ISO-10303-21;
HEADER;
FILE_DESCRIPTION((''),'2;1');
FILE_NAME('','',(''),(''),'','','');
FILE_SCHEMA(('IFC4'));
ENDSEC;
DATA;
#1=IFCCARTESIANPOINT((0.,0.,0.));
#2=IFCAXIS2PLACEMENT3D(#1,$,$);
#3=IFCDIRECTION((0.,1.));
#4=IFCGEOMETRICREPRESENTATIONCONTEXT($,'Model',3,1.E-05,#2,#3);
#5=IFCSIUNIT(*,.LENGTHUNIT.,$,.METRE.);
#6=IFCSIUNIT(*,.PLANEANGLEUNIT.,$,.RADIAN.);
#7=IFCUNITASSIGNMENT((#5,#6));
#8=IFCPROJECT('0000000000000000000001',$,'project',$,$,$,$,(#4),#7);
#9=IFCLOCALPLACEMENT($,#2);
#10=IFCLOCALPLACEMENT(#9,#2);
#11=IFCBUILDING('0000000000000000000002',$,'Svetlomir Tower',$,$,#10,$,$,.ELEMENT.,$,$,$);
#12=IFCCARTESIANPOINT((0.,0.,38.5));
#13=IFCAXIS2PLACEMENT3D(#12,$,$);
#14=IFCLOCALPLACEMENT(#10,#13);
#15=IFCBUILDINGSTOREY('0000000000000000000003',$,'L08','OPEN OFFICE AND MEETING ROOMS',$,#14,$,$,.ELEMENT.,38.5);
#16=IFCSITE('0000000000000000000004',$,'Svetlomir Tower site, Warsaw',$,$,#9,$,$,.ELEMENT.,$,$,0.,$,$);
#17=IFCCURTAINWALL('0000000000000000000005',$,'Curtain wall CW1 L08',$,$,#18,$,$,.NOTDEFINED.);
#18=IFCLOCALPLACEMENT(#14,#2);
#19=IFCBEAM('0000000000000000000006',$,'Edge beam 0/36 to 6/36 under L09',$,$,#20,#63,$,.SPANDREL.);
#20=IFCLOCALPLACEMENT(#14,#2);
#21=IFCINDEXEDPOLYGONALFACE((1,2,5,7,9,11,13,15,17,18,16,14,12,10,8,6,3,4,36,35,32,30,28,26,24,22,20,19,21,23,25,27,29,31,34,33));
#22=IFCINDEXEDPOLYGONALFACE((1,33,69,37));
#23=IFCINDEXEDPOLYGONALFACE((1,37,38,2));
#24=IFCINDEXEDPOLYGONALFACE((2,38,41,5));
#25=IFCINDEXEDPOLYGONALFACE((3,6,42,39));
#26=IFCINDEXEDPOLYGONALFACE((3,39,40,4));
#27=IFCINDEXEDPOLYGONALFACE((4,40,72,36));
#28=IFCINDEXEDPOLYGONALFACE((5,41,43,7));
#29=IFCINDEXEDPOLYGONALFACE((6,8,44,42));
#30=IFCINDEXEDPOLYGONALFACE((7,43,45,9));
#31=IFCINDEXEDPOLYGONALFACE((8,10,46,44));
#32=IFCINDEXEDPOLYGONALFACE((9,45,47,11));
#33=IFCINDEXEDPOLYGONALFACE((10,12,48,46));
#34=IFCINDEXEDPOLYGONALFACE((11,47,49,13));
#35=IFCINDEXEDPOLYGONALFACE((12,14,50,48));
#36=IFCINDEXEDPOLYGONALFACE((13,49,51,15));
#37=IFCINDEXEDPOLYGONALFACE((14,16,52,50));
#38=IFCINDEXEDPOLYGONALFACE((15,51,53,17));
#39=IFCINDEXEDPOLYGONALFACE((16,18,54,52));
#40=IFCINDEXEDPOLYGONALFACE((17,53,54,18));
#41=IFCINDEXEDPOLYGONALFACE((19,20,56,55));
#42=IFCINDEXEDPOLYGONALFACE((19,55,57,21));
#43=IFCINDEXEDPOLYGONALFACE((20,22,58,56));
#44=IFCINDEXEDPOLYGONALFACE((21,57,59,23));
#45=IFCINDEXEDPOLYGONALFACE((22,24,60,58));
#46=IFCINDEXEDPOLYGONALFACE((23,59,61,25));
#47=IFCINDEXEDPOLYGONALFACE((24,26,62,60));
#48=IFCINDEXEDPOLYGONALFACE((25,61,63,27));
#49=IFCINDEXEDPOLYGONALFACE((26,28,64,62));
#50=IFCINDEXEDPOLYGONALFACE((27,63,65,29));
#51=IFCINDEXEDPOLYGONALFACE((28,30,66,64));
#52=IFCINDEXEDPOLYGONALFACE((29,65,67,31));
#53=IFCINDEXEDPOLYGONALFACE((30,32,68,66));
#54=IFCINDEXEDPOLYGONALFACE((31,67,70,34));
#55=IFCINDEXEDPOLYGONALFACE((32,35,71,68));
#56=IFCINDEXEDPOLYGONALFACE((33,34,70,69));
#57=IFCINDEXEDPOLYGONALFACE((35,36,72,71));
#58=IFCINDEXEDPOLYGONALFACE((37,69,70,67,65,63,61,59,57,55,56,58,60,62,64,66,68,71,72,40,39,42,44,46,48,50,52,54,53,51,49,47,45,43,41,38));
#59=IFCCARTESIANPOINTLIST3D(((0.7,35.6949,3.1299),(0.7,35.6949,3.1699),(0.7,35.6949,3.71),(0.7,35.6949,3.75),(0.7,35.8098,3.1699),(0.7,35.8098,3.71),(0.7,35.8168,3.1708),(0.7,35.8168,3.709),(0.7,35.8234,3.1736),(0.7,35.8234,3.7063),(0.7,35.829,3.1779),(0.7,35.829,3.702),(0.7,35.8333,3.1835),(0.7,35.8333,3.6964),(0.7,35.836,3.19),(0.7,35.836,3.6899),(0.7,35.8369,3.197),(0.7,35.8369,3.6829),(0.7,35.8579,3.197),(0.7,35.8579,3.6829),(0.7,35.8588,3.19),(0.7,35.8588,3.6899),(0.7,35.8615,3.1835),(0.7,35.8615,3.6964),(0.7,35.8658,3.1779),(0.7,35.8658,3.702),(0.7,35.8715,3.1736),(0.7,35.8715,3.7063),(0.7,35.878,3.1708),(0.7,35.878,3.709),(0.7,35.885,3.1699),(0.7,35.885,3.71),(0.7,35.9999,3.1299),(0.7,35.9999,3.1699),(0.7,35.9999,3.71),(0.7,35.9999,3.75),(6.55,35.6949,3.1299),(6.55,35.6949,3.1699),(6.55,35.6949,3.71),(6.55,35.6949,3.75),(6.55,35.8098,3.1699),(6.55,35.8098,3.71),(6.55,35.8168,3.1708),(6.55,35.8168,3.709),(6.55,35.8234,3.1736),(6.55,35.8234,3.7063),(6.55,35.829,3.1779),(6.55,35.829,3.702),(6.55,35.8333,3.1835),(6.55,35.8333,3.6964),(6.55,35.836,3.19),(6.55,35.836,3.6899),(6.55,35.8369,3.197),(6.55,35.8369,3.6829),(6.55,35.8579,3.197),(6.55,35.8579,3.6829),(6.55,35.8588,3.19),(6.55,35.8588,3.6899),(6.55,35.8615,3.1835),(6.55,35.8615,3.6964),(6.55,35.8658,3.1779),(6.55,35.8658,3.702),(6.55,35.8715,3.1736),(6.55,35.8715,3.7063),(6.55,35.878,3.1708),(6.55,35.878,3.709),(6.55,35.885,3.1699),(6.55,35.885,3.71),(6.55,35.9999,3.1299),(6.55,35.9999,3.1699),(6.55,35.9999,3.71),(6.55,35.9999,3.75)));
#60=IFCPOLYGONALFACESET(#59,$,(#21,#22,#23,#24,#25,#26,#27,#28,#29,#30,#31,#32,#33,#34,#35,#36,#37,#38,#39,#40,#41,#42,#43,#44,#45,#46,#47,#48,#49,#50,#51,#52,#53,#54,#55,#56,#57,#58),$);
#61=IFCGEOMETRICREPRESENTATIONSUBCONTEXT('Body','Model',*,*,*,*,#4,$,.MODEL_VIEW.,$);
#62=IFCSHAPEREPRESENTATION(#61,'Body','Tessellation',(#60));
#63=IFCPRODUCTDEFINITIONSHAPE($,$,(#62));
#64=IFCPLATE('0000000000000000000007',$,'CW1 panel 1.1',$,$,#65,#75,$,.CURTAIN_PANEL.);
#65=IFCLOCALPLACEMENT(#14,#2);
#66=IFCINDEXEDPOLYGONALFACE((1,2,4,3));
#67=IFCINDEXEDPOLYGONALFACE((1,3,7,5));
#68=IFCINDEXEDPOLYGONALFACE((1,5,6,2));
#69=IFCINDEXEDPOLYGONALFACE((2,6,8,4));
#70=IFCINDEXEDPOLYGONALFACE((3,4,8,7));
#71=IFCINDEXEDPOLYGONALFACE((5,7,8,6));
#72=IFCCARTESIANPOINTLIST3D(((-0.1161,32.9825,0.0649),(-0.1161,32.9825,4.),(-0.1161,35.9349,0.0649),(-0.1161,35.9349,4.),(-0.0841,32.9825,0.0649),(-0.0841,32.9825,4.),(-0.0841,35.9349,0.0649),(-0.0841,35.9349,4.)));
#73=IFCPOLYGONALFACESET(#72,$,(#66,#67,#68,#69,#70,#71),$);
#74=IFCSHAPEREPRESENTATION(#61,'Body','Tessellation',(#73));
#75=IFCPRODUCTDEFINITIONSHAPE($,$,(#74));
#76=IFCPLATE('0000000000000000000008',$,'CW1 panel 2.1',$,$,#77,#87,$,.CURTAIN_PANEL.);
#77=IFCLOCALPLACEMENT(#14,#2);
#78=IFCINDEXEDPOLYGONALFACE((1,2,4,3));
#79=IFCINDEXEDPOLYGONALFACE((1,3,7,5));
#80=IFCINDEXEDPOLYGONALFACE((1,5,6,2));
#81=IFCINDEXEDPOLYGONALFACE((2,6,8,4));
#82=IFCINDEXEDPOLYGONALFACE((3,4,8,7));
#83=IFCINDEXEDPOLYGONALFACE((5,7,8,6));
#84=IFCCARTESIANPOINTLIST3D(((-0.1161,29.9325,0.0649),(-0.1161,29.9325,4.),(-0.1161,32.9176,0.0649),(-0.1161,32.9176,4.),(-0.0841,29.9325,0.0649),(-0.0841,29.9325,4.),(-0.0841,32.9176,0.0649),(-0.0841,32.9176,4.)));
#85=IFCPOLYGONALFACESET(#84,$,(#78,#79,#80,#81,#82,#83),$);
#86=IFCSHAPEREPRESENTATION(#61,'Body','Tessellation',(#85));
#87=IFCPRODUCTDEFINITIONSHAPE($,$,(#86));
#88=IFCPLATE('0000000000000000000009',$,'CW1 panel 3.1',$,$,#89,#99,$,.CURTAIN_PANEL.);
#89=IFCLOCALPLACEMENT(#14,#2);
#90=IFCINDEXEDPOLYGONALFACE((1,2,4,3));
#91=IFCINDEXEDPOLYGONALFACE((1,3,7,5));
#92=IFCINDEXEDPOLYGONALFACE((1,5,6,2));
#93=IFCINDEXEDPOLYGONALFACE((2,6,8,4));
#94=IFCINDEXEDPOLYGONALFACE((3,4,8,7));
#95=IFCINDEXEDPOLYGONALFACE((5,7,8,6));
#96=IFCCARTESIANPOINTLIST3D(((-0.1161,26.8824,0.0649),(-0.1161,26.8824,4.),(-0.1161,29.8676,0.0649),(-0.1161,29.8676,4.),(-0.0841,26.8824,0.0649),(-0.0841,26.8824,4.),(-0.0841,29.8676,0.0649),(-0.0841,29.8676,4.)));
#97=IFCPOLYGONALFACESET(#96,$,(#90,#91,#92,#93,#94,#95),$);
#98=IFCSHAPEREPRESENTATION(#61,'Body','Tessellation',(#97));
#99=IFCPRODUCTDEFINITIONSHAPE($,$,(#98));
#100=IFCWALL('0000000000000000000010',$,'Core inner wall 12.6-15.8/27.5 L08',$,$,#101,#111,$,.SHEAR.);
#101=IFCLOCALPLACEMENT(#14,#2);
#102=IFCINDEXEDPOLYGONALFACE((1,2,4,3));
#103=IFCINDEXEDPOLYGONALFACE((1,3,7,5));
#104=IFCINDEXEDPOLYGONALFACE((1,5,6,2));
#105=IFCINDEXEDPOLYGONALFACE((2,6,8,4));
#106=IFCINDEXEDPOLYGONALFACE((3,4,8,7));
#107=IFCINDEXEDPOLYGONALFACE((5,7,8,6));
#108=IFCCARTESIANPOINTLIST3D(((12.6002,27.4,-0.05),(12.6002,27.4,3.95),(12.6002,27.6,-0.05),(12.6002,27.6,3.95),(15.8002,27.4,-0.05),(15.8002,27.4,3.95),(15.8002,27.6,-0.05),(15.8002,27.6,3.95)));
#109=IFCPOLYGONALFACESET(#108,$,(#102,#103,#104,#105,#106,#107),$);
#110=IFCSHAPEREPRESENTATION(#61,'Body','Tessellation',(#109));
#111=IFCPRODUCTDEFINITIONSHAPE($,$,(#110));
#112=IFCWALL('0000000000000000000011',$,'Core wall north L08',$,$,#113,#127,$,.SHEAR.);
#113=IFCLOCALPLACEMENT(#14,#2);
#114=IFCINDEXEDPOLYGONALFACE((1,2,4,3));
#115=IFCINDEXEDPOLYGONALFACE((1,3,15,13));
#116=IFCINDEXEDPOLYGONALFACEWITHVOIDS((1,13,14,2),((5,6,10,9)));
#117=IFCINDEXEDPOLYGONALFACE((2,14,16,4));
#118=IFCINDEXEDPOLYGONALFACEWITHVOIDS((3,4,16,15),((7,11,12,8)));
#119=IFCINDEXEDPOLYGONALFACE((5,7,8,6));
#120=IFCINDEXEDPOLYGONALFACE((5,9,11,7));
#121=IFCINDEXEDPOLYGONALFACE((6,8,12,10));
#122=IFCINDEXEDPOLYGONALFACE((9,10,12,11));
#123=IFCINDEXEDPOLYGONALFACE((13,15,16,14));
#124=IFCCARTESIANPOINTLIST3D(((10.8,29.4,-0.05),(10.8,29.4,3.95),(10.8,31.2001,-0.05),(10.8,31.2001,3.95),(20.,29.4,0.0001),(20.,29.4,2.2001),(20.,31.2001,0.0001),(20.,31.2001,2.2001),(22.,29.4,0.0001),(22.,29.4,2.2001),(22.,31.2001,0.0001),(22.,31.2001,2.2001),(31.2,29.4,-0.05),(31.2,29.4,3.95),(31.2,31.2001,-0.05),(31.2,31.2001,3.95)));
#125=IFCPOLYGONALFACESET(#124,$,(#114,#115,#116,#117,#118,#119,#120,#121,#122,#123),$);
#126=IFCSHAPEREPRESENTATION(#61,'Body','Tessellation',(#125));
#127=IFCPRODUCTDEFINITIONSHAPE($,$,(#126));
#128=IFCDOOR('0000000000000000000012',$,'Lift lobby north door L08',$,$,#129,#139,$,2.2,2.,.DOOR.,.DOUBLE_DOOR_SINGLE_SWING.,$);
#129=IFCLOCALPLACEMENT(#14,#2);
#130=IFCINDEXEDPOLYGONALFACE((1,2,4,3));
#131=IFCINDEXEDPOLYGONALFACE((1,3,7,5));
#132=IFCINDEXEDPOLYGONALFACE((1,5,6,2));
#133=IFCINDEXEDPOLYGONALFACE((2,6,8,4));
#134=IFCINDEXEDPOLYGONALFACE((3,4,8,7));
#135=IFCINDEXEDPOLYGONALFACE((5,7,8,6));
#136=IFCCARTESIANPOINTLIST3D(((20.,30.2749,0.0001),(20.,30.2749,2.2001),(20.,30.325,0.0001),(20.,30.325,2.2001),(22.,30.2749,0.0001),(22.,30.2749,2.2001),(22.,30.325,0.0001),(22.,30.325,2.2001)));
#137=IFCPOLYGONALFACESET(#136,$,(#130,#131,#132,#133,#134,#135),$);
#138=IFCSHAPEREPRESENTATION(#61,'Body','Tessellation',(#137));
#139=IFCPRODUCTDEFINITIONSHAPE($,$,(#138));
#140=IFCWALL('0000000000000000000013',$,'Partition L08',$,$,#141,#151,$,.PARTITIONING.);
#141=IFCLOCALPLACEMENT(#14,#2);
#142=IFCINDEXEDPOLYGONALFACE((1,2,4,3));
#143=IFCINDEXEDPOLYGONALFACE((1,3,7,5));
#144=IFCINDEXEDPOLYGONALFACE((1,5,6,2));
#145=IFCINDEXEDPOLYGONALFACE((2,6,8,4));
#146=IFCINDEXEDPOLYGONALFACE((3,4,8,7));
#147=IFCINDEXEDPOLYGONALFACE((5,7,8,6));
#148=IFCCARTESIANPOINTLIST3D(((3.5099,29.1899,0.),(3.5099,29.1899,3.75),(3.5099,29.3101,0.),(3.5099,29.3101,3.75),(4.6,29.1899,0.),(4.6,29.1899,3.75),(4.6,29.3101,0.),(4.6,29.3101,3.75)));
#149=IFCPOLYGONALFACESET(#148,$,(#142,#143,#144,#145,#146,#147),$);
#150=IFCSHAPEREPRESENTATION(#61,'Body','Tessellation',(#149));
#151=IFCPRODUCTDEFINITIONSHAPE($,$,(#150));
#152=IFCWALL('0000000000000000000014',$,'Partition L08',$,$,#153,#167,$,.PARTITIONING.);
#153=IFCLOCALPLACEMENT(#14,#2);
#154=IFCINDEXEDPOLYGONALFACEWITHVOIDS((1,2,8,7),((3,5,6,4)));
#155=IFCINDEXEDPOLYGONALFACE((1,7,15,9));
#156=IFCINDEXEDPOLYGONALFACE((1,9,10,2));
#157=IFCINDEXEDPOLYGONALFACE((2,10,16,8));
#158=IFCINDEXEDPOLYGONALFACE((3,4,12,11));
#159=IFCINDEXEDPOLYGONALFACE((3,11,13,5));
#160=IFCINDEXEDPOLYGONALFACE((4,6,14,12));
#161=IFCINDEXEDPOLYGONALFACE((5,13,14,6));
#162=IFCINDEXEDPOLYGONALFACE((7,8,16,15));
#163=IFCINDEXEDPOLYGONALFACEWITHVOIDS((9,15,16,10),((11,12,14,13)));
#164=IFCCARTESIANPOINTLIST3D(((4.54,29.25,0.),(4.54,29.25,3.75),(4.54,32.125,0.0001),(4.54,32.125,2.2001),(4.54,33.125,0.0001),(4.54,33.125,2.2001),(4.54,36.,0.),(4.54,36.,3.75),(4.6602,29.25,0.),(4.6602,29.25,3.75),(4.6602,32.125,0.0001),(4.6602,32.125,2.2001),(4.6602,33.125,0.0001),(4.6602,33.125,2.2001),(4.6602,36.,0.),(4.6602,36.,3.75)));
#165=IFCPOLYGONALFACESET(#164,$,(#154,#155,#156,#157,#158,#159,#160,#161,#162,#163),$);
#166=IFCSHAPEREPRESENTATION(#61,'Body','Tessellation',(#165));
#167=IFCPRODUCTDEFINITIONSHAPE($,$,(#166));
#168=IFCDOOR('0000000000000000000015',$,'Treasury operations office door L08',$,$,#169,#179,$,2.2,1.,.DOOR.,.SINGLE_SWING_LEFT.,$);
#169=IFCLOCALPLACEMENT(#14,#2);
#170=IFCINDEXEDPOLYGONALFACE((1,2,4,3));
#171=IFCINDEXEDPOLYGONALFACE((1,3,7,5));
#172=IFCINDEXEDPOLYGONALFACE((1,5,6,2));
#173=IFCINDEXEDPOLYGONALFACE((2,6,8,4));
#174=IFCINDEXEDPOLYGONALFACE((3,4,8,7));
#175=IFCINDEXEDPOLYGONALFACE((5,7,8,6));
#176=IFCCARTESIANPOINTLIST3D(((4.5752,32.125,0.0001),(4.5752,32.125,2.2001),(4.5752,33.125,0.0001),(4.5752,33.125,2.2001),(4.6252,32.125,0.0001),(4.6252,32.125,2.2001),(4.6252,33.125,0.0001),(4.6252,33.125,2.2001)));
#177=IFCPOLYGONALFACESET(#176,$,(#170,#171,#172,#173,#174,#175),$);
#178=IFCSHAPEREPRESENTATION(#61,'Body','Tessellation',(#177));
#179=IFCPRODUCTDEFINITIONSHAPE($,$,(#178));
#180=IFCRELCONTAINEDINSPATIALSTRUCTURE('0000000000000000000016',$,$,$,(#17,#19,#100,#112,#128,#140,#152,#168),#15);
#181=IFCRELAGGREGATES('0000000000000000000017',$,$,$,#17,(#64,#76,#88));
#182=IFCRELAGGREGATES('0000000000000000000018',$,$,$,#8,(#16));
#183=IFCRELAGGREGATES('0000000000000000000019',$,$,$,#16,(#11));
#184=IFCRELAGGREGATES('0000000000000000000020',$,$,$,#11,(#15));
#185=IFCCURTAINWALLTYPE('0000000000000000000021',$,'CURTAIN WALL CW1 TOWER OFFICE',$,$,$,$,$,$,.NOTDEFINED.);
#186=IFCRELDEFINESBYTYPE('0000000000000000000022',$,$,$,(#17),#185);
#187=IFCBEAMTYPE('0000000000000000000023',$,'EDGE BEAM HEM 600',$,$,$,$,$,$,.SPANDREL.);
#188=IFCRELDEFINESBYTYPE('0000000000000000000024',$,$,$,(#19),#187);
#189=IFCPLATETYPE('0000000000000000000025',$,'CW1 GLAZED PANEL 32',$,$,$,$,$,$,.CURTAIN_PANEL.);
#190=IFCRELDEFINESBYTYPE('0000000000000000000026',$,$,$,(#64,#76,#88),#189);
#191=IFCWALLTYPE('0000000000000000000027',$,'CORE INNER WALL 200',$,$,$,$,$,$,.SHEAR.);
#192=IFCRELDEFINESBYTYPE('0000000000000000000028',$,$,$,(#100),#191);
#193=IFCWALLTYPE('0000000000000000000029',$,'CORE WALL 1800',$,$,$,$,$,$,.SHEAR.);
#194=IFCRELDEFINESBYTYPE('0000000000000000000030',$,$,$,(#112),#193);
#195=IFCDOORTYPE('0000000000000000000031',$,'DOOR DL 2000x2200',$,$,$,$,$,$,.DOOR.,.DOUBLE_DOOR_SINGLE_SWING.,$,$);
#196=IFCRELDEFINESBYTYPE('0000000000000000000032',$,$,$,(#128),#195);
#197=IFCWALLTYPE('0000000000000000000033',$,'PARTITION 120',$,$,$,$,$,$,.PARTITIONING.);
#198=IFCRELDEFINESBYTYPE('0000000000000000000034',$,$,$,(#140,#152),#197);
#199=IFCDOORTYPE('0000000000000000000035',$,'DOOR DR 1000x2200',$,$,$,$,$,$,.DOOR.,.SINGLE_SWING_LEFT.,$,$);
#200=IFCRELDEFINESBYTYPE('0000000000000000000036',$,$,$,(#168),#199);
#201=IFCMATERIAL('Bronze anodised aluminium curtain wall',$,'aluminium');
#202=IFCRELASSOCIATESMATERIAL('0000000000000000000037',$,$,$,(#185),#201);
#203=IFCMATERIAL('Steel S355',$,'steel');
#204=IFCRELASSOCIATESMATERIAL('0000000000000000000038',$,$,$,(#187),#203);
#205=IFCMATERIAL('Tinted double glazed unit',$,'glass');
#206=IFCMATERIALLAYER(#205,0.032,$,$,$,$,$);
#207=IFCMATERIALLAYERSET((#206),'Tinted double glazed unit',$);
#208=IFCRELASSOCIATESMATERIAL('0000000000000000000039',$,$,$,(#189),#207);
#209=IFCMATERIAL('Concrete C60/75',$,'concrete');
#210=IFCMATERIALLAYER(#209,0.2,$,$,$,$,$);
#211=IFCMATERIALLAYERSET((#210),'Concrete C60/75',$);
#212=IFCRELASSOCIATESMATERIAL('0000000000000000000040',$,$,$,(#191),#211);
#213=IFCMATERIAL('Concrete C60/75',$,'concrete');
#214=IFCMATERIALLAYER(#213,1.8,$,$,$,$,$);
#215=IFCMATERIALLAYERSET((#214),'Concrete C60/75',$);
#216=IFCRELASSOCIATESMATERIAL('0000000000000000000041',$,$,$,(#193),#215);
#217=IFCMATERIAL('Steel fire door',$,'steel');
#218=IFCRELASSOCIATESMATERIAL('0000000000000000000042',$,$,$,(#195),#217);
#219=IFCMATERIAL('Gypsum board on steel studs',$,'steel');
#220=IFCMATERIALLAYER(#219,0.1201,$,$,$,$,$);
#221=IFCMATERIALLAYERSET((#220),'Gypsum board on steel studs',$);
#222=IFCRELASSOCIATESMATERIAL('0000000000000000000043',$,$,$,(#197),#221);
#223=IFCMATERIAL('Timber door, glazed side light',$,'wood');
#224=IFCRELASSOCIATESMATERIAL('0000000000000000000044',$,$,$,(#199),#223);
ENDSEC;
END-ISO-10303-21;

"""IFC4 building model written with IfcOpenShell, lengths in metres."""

from ifc_helpers import new_model, si_unit, direction, frame, frame_2d, origin, origin_2d, place, context, subcontext, project, spatial, rectangle, i_section, extrude, material, layer, layer_set, material_profile, profile_set, type_object, element, fill, aggregate, save


model = new_model("IFC4")

# Units and contexts
model_context = context("Model", 3, precision=1e-05, world=origin(), true_north=direction((0.0, 1.0)))
body_context = subcontext(model_context, "Body", "Model", "MODEL_VIEW")
ifc_project = project(units=[si_unit("LENGTHUNIT", "METRE"), si_unit("PLANEANGLEUNIT", "RADIAN")], contexts=[model_context])

# Site, building, storey
site_placement = place(None, origin())
site = spatial("IfcSite", under=ifc_project, at=site_placement, Name="Svetlomir Tower site, Warsaw", CompositionType="ELEMENT", RefElevation=0.0)
building_placement = place(site_placement, origin())
building = spatial("IfcBuilding", under=site, at=building_placement, Name="Svetlomir Tower", CompositionType="ELEMENT")
storey_placement = place(building_placement, frame((0.0, 0.0, 38.5)))
storey = spatial("IfcBuildingStorey", under=building, at=storey_placement, Name="L08", Description="OPEN OFFICE AND MEETING ROOMS", CompositionType="ELEMENT", Elevation=38.5)

# Curtain wall
ifc_material_1 = material(Name="Bronze anodised aluminium curtain wall", Category="aluminium")
curtain_wall_type = type_object("IfcCurtainWallType", Name="CURTAIN WALL CW1 TOWER OFFICE", PredefinedType="NOTDEFINED", material=ifc_material_1)
curtain_wall_placement = place(storey_placement, origin())
curtain_wall = element("IfcCurtainWall", 1, at=curtain_wall_placement, inside=storey, type_object=curtain_wall_type, Name="Curtain wall CW1 L08", PredefinedType="NOTDEFINED")

# Beam
ifc_material_2 = material(Name="Steel S355", Category="steel")
ifc_material_profile_1 = material_profile(ifc_material_2, i_section(OverallWidth=0.3049, OverallDepth=0.6201, WebThickness=0.021, FlangeThickness=0.04, FilletRadius=0.0271, at=origin_2d()), Name="HEM 600")
ifc_profile_set_1 = profile_set([ifc_material_profile_1], Name="Steel S355")
beam_type = type_object("IfcBeamType", Name="EDGE BEAM HEM 600", PredefinedType="SPANDREL", material=ifc_profile_set_1)
beam_1_placement = place(storey_placement, frame((0.7, 35.8474, 3.4399), z_axis=(1.0, 0.0, 0.0), x_axis=(0.0, 1.0, 0.0)))
element("IfcBeam", 2, at=beam_1_placement, inside=storey, type_object=beam_type, Name="Edge beam 0/36 to 6/36 under L09", PredefinedType="SPANDREL", context=body_context, shape_type="SweptSolid", body=[
    extrude(i_section(OverallWidth=0.3049, OverallDepth=0.6201, WebThickness=0.021, FlangeThickness=0.04, FilletRadius=0.0271, at=origin_2d()), origin(), (0.0, 0.0, 1.0), 5.8501),
])

# Plates
ifc_material_3 = material(Name="Tinted double glazed unit", Category="glass")
ifc_layer_1 = layer(ifc_material_3, 0.032)
ifc_layer_set_1 = layer_set([ifc_layer_1], Name="Tinted double glazed unit")
plate_type = type_object("IfcPlateType", Name="CW1 GLAZED PANEL 32", PredefinedType="CURTAIN_PANEL", material=ifc_layer_set_1)
plate_1_placement = place(storey_placement, frame((-0.1001, 34.4587, 0.0649), z_axis=(0.0, 0.0, 1.0), x_axis=(0.0, -1.0, 0.0)))
plate_1 = element("IfcPlate", 3, at=plate_1_placement, type_object=plate_type, Name="CW1 panel 1.1", PredefinedType="CURTAIN_PANEL", context=body_context, shape_type="SweptSolid", body=[
    extrude(rectangle(XDim=2.9524, YDim=0.032, at=origin_2d()), origin(), (0.0, 0.0, 1.0), 3.9351),
])
plate_2_placement = place(storey_placement, frame((-0.1001, 31.425, 0.0649), z_axis=(0.0, 0.0, 1.0), x_axis=(0.0, -1.0, 0.0)))
plate_2 = element("IfcPlate", 4, at=plate_2_placement, type_object=plate_type, Name="CW1 panel 2.1", PredefinedType="CURTAIN_PANEL", context=body_context, shape_type="SweptSolid", body=[
    extrude(rectangle(XDim=2.9851, YDim=0.032, at=origin_2d()), origin(), (0.0, 0.0, 1.0), 3.9351),
])
plate_3_placement = place(storey_placement, frame((-0.1001, 28.375, 0.0649), z_axis=(0.0, 0.0, 1.0), x_axis=(0.0, -1.0, 0.0)))
plate_3 = element("IfcPlate", 5, at=plate_3_placement, type_object=plate_type, Name="CW1 panel 3.1", PredefinedType="CURTAIN_PANEL", context=body_context, shape_type="SweptSolid", body=[
    extrude(rectangle(XDim=2.9851, YDim=0.032, at=origin_2d()), origin(), (0.0, 0.0, 1.0), 3.9351),
])
aggregate(curtain_wall, [plate_1, plate_2, plate_3])

# Wall
ifc_material_4 = material(Name="Concrete C60/75", Category="concrete")
ifc_layer_2 = layer(ifc_material_4, 0.2)
ifc_layer_set_2 = layer_set([ifc_layer_2], Name="Concrete C60/75")
wall_type_1 = type_object("IfcWallType", Name="CORE INNER WALL 200", PredefinedType="SHEAR", material=ifc_layer_set_2)
wall_1_placement = place(storey_placement, frame((12.6001, 27.5, -0.05), z_axis=(0.0, 0.0, 1.0), x_axis=(1.0, 0.0, 0.0)))
element("IfcWall", 6, at=wall_1_placement, inside=storey, type_object=wall_type_1, Name="Core inner wall 12.6-15.8/27.5 L08", PredefinedType="SHEAR", context=body_context, shape_type="SweptSolid", body=[
    extrude(rectangle(XDim=3.2, YDim=0.2, at=frame_2d((1.6001, 0.0))), origin(), (0.0, 0.0, 1.0), 4.0),
])

# Wall, opening, door
ifc_material_5 = material(Name="Concrete C60/75", Category="concrete")
ifc_layer_3 = layer(ifc_material_5, 1.8)
ifc_layer_set_3 = layer_set([ifc_layer_3], Name="Concrete C60/75")
wall_type_2 = type_object("IfcWallType", Name="CORE WALL 1800", PredefinedType="SHEAR", material=ifc_layer_set_3)
wall_2_placement = place(storey_placement, frame((10.8, 30.3, -0.05), z_axis=(0.0, 0.0, 1.0), x_axis=(1.0, 0.0, 0.0)))
wall_2 = element("IfcWall", 7, at=wall_2_placement, inside=storey, type_object=wall_type_2, Name="Core wall north L08", PredefinedType="SHEAR", context=body_context, shape_type="SweptSolid", body=[
    extrude(rectangle(XDim=20.3999, YDim=1.8, at=frame_2d((10.2, 0.0))), origin(), (0.0, 0.0, 1.0), 4.0),
])
opening_1_placement = place(wall_2_placement, frame((9.2, 0.0, 0.05)))
opening_1 = element("IfcOpeningElement", 8, at=opening_1_placement, cuts=wall_2, PredefinedType="OPENING", context=body_context, shape_type="SweptSolid", body=[
    extrude(rectangle(XDim=2.0, YDim=2.2, at=frame_2d((1.0, 1.1001))), frame((0.0, 0.9102, 0.0), z_axis=(0.0, -1.0, 0.0), x_axis=(1.0, 0.0, 0.0)), (0.0, 0.0, 1.0), 1.8201),
])
ifc_material_6 = material(Name="Steel fire door", Category="steel")
door_type_1 = type_object("IfcDoorType", Name="DOOR DL 2000x2200", OperationType="DOUBLE_DOOR_SINGLE_SWING", PredefinedType="DOOR", material=ifc_material_6)
door_1_placement = place(opening_1_placement, origin())
door_1 = element("IfcDoor", 9, at=door_1_placement, inside=storey, type_object=door_type_1, Name="Lift lobby north door L08", OperationType="DOUBLE_DOOR_SINGLE_SWING", OverallHeight=2.2, OverallWidth=2.0, PredefinedType="DOOR", context=body_context, shape_type="SweptSolid", body=[
    extrude(rectangle(XDim=2.0, YDim=2.2, at=frame_2d((1.0, 1.1001))), frame((0.0, 0.0249, 0.0), z_axis=(0.0, -1.0, 0.0), x_axis=(1.0, 0.0, 0.0)), (0.0, 0.0, 1.0), 0.05),
])
fill(opening_1, door_1)

# Wall
ifc_material_7 = material(Name="Gypsum board on steel studs", Category="steel")
ifc_layer_4 = layer(ifc_material_7, 0.1201)
ifc_layer_set_4 = layer_set([ifc_layer_4], Name="Gypsum board on steel studs")
wall_type_3 = type_object("IfcWallType", Name="PARTITION 120", PredefinedType="PARTITIONING", material=ifc_layer_set_4)
wall_3_placement = place(storey_placement, frame((3.51, 29.25, 0.0), z_axis=(0.0, 0.0, 1.0), x_axis=(1.0, 0.0, 0.0)))
element("IfcWall", 10, at=wall_3_placement, inside=storey, type_object=wall_type_3, Name="Partition L08", PredefinedType="PARTITIONING", context=body_context, shape_type="SweptSolid", body=[
    extrude(rectangle(XDim=1.0901, YDim=0.1201, at=frame_2d((0.5449, 0.0))), origin(), (0.0, 0.0, 1.0), 3.75),
])

# Wall, opening, door
wall_4_placement = place(storey_placement, frame((4.6001, 29.25, 0.0), z_axis=(0.0, 0.0, 1.0), x_axis=(0.0, 1.0, 0.0)))
wall_4 = element("IfcWall", 11, at=wall_4_placement, inside=storey, type_object=wall_type_3, Name="Partition L08", PredefinedType="PARTITIONING", context=body_context, shape_type="SweptSolid", body=[
    extrude(rectangle(XDim=6.75, YDim=0.1201, at=frame_2d((3.375, 0.0))), origin(), (0.0, 0.0, 1.0), 3.75),
])
opening_2_placement = place(wall_4_placement, frame((2.875, 0.0, 0.0)))
opening_2 = element("IfcOpeningElement", 12, at=opening_2_placement, cuts=wall_4, PredefinedType="OPENING", context=body_context, shape_type="SweptSolid", body=[
    extrude(rectangle(XDim=1.0, YDim=2.2, at=frame_2d((0.5, 1.1001))), frame((0.0, 0.0701, 0.0), z_axis=(0.0, -1.0, 0.0), x_axis=(1.0, 0.0, 0.0)), (0.0, 0.0, 1.0), 0.1401),
])
ifc_material_8 = material(Name="Timber door, glazed side light", Category="wood")
door_type_2 = type_object("IfcDoorType", Name="DOOR DR 1000x2200", OperationType="SINGLE_SWING_LEFT", PredefinedType="DOOR", material=ifc_material_8)
door_2_placement = place(opening_2_placement, origin())
door_2 = element("IfcDoor", 13, at=door_2_placement, inside=storey, type_object=door_type_2, Name="Treasury operations office door L08", OperationType="SINGLE_SWING_LEFT", OverallHeight=2.2, OverallWidth=1.0, PredefinedType="DOOR", context=body_context, shape_type="SweptSolid", body=[
    extrude(rectangle(XDim=1.0, YDim=2.2, at=frame_2d((0.5, 1.1001))), frame((0.0, 0.0249, 0.0), z_axis=(0.0, -1.0, 0.0), x_axis=(1.0, 0.0, 0.0)), (0.0, 0.0, 1.0), 0.05),
])
fill(opening_2, door_2)

save(model, "model.ifc")
